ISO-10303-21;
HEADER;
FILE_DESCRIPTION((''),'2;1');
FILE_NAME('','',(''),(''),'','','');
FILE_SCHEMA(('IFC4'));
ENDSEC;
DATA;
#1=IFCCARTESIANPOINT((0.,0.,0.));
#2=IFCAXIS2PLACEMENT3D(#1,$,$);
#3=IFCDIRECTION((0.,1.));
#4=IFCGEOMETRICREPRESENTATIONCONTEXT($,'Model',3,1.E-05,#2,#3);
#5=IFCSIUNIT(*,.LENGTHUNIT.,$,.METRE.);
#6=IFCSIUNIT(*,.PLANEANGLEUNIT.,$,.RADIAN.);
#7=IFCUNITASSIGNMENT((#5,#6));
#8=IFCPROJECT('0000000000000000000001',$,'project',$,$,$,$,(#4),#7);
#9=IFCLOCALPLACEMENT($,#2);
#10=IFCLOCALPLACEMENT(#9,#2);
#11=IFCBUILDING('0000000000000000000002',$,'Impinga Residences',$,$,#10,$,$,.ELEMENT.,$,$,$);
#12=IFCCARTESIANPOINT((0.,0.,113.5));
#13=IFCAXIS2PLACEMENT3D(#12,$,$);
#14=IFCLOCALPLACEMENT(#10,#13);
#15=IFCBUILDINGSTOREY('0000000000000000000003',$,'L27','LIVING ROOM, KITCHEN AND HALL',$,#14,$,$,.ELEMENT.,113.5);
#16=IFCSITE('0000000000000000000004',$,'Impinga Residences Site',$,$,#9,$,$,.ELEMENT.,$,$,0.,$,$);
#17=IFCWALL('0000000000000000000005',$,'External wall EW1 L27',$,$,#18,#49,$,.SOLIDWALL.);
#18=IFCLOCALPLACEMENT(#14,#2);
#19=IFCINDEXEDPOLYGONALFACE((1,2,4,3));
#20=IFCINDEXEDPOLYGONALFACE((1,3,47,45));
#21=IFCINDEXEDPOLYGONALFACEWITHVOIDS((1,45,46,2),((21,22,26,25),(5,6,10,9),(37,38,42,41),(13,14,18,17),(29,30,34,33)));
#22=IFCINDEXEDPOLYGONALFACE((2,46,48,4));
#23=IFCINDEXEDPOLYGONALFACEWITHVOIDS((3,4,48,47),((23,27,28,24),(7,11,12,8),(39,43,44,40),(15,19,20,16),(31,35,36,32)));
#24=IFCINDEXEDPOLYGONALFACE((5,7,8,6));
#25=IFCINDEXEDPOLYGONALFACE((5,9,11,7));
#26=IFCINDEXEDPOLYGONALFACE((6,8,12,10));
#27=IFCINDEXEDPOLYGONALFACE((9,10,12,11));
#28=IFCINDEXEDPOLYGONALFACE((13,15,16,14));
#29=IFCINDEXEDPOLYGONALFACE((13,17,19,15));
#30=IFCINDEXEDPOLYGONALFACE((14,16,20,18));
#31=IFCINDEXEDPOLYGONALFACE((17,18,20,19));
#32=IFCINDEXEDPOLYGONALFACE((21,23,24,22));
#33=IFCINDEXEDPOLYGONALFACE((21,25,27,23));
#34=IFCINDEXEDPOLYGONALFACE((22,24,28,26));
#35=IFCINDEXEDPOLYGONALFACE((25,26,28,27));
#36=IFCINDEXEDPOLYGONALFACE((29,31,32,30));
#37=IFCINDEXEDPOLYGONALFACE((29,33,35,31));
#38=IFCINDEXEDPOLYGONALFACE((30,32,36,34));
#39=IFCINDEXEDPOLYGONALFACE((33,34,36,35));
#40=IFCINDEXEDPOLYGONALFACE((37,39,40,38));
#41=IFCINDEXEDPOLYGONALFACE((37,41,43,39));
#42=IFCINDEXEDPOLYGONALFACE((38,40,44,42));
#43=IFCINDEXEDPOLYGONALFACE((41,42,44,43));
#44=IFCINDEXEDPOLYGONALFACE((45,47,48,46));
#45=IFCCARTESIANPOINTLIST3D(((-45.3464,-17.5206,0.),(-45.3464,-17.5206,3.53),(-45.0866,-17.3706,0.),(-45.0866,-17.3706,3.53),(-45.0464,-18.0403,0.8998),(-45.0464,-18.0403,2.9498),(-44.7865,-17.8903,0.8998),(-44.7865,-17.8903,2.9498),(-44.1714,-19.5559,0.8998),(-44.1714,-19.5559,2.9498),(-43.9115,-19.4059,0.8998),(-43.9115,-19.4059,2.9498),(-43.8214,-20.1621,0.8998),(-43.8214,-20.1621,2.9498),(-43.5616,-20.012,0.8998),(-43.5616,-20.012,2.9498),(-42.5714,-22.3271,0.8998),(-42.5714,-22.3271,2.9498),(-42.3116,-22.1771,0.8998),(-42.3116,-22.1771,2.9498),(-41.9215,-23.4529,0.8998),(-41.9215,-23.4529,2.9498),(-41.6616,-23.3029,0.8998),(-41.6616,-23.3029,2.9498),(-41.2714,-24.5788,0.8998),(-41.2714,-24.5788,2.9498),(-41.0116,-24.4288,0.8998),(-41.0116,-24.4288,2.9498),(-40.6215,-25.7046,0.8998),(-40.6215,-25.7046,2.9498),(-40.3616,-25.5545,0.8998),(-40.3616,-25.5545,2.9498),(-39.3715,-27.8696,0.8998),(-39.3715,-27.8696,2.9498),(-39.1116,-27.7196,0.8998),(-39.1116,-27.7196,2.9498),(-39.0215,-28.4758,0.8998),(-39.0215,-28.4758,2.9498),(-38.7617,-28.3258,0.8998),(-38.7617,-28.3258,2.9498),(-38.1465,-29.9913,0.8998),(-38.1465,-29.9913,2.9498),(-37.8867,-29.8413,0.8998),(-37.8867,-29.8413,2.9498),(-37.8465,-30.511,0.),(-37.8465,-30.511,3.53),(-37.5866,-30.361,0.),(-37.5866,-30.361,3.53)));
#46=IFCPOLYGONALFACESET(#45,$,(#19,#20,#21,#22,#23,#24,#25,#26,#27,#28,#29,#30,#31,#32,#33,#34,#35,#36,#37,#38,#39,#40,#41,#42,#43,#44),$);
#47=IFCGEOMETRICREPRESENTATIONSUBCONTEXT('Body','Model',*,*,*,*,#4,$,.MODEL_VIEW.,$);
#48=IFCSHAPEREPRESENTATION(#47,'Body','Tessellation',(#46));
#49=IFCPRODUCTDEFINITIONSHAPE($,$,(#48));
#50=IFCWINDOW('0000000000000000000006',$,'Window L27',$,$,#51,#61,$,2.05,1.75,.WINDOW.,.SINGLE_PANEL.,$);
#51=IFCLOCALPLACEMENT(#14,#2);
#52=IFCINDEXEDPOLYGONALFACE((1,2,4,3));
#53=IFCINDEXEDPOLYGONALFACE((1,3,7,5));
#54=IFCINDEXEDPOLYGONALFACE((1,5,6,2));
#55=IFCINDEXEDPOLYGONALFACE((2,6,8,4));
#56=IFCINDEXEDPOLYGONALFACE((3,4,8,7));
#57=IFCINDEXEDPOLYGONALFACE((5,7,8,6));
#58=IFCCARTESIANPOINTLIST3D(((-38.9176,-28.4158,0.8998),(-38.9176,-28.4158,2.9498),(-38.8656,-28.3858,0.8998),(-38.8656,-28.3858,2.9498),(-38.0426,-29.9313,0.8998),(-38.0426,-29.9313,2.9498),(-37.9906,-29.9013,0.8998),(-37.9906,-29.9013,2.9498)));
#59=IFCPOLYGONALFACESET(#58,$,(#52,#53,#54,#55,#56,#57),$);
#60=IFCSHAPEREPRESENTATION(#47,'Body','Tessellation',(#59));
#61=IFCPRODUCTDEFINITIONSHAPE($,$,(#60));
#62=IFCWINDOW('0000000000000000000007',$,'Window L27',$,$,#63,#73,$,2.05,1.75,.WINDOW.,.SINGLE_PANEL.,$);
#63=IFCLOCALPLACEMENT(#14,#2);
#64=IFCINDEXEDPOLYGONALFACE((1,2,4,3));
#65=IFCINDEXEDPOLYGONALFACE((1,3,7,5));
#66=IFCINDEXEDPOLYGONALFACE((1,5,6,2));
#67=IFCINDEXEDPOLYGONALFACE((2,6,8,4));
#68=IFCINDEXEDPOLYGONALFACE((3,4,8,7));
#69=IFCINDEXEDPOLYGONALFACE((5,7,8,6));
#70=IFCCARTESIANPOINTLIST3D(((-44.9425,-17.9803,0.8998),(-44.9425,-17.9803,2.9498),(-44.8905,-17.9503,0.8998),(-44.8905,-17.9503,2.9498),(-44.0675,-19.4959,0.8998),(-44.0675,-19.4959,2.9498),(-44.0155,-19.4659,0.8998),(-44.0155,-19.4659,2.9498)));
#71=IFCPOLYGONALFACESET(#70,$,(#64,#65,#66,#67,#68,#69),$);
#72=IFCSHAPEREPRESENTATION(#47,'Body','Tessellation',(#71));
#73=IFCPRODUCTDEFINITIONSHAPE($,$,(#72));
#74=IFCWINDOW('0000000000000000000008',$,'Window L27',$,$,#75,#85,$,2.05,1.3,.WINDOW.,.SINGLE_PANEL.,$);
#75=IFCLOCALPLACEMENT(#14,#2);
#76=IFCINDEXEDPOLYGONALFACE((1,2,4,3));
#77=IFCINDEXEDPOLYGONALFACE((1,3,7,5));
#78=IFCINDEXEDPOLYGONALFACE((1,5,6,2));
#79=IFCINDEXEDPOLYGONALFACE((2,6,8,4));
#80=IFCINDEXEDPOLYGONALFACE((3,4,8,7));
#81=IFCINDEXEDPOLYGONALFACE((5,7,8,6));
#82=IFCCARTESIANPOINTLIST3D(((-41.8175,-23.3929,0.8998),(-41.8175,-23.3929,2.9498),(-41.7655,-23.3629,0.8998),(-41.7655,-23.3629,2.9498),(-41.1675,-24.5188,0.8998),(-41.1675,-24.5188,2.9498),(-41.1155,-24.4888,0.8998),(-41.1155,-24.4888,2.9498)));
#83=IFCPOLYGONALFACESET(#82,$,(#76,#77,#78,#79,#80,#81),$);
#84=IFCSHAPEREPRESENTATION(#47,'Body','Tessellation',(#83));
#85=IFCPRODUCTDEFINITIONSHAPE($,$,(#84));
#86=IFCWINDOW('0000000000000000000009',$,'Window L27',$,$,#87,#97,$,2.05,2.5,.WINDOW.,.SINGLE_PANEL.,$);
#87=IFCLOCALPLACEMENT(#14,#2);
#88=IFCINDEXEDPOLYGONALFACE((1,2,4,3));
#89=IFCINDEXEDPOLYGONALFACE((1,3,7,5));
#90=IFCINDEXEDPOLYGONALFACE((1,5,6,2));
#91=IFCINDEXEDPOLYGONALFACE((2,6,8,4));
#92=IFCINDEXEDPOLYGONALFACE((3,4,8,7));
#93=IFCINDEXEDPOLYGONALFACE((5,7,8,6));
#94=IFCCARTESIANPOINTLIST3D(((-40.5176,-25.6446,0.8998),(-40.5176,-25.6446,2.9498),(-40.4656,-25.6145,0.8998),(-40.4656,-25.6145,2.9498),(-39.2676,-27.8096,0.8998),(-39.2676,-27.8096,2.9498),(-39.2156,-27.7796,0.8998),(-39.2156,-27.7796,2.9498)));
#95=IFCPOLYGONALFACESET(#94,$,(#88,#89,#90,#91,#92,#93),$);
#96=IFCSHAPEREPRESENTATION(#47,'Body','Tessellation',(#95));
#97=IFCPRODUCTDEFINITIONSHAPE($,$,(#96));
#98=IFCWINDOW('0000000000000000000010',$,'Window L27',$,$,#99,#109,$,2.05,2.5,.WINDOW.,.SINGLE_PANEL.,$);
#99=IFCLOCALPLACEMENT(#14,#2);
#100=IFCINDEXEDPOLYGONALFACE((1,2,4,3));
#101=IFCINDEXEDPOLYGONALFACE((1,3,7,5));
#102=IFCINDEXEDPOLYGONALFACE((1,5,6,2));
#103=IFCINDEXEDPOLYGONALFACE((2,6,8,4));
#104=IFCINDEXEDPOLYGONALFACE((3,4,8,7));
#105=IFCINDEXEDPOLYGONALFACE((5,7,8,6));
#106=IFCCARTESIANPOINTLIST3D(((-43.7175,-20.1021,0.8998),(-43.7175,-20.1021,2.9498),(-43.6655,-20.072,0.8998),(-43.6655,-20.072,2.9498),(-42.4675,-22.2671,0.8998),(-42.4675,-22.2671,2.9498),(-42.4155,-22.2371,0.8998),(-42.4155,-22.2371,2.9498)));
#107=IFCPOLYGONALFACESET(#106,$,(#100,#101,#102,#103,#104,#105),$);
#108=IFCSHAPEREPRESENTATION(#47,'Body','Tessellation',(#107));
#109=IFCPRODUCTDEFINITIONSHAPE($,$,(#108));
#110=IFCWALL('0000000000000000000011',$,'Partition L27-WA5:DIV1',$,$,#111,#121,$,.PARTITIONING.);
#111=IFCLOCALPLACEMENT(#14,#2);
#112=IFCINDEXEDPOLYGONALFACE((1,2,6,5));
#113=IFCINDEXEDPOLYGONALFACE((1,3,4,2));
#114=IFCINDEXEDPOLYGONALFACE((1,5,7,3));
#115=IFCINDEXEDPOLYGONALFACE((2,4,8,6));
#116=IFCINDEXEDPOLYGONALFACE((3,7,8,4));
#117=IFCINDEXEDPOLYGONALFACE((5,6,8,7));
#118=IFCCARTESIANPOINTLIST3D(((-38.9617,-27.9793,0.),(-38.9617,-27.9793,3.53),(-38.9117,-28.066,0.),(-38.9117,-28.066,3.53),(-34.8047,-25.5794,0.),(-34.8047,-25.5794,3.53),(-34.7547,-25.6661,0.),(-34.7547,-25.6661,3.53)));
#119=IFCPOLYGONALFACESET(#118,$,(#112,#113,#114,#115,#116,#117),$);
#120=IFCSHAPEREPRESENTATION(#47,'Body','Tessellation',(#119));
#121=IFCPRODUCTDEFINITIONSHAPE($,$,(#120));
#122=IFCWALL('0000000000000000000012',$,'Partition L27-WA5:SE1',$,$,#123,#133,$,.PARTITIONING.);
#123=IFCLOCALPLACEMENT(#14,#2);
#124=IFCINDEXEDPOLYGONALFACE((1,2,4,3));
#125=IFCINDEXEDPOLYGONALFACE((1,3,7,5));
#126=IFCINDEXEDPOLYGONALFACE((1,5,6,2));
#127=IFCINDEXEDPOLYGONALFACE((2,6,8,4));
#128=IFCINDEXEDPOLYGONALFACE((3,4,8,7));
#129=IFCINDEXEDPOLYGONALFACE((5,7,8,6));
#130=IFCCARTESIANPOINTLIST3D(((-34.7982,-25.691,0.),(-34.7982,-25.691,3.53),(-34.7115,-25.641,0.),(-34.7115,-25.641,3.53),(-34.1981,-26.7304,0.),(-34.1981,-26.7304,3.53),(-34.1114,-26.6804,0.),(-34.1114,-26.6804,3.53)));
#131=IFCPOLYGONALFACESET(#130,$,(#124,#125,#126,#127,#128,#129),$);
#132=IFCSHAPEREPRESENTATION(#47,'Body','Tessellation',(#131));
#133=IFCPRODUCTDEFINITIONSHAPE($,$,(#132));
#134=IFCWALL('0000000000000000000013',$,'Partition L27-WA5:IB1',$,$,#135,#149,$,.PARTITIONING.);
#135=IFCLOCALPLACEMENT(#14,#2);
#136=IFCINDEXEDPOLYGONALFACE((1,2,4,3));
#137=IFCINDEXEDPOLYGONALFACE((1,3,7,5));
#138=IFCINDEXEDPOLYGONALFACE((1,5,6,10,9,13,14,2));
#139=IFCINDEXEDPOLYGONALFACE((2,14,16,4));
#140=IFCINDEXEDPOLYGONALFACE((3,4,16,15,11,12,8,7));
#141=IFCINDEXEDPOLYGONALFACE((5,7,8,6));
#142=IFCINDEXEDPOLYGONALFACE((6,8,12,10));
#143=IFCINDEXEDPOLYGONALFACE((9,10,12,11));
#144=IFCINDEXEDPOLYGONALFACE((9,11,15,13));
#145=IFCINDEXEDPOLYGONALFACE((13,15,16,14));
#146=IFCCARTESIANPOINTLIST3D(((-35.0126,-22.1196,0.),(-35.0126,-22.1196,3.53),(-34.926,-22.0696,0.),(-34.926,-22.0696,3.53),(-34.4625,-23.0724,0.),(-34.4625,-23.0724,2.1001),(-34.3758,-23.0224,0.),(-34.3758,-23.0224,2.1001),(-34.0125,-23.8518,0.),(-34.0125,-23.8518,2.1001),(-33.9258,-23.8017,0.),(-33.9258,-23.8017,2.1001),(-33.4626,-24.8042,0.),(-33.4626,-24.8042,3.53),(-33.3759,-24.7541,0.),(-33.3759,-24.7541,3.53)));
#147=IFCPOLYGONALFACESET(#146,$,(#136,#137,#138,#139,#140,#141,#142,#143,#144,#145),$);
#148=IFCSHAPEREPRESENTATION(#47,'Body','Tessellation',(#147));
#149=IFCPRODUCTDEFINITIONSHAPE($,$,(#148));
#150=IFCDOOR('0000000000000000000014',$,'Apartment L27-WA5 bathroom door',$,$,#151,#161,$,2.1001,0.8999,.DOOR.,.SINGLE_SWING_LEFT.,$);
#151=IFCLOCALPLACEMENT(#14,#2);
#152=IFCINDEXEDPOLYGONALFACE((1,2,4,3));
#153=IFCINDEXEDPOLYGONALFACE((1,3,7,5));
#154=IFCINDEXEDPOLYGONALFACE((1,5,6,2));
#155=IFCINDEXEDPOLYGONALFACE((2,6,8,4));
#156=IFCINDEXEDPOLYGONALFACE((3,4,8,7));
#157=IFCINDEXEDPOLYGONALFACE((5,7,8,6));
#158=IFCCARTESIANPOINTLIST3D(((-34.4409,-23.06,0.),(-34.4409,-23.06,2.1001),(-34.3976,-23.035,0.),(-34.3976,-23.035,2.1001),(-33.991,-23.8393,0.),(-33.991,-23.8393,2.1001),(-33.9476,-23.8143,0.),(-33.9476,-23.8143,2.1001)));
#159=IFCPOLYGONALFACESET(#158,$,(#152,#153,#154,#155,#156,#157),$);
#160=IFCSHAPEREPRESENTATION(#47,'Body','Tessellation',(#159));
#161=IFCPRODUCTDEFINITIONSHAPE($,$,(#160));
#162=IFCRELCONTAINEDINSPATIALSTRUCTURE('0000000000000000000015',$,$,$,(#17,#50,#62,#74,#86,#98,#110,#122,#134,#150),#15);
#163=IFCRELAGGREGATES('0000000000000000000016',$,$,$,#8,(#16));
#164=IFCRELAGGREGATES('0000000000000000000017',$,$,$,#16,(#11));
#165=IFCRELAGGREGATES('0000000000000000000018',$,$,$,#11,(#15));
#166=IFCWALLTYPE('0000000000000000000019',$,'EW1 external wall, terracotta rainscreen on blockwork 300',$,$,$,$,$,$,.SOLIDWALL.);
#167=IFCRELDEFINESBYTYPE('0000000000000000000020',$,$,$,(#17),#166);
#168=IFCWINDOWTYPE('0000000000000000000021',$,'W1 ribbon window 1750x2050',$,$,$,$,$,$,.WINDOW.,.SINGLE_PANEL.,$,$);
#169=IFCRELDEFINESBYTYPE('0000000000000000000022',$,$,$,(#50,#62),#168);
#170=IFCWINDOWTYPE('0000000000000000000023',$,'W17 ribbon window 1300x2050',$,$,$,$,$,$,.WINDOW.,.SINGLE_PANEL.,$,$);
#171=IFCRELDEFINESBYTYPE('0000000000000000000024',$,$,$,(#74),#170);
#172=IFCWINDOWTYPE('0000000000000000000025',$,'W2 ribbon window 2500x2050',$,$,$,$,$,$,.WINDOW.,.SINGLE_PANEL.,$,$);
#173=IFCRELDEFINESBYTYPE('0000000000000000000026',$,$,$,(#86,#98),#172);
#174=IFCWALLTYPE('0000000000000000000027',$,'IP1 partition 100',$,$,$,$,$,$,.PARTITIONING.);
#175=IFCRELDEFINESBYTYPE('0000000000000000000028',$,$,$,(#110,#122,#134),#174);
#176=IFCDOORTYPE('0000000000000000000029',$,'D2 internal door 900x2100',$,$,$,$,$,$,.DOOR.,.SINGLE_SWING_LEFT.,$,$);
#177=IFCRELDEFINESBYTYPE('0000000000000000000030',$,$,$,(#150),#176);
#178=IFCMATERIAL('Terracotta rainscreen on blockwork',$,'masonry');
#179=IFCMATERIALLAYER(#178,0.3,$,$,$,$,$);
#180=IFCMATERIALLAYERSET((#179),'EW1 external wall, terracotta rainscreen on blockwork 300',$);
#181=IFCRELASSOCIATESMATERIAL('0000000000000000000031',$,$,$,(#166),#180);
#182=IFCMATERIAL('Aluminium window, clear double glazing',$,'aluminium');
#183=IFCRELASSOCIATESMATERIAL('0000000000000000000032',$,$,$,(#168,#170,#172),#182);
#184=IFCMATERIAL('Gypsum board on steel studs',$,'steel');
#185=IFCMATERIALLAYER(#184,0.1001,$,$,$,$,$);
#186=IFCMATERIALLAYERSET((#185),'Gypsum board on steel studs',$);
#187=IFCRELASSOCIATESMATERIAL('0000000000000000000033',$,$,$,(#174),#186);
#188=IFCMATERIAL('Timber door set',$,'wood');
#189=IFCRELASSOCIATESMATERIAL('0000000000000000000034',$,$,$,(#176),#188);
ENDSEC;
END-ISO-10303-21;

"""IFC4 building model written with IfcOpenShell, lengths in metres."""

from ifc_helpers import new_model, si_unit, direction, frame, frame_2d, origin, place, context, subcontext, project, spatial, rectangle, extrude, material, layer, layer_set, type_object, element, fill, save


model = new_model("IFC4")

# Units and contexts
model_context = context("Model", 3, precision=1e-05, world=origin(), true_north=direction((0.0, 1.0)))
body_context = subcontext(model_context, "Body", "Model", "MODEL_VIEW")
ifc_project = project(units=[si_unit("LENGTHUNIT", "METRE"), si_unit("PLANEANGLEUNIT", "RADIAN")], contexts=[model_context])

# Site, building, storey
site_placement = place(None, origin())
site = spatial("IfcSite", under=ifc_project, at=site_placement, Name="Impinga Residences Site", CompositionType="ELEMENT", RefElevation=0.0)
building_placement = place(site_placement, origin())
building = spatial("IfcBuilding", under=site, at=building_placement, Name="Impinga Residences", CompositionType="ELEMENT")
storey_placement = place(building_placement, frame((0.0, 0.0, 113.5)))
storey = spatial("IfcBuildingStorey", under=building, at=storey_placement, Name="L27", Description="LIVING ROOM, KITCHEN AND HALL", CompositionType="ELEMENT", Elevation=113.5)

# Shared definitions
ifc_material_1 = material(Name="Terracotta rainscreen on blockwork", Category="masonry")
ifc_layer_1 = layer(ifc_material_1, 0.3)
ifc_layer_set_1 = layer_set([ifc_layer_1], Name="EW1 external wall, terracotta rainscreen on blockwork 300")
wall_type_1 = type_object("IfcWallType", Name="EW1 external wall, terracotta rainscreen on blockwork 300", PredefinedType="SOLIDWALL", material=ifc_layer_set_1)

# Wall, openings, windows
wall_1_placement = place(storey_placement, frame((-37.7166, -30.436, 0.0), z_axis=(0.0, 0.0, 1.0), x_axis=(-0.499997, 0.866027, 0.0)))
wall_1 = element("IfcWall", 1, at=wall_1_placement, inside=storey, type_object=wall_type_1, Name="External wall EW1 L27", PredefinedType="SOLIDWALL", context=body_context, shape_type="SweptSolid", body=[
    extrude(rectangle(XDim=15.0, YDim=0.3, at=frame_2d((7.5, 0.0))), origin(), (0.0, 0.0, 1.0), 3.53),
])
opening_1_placement = place(wall_1_placement, frame((0.6001, 0.0, 0.8999)))
opening_1 = element("IfcOpeningElement", 2, at=opening_1_placement, cuts=wall_1, PredefinedType="OPENING", context=body_context, shape_type="SweptSolid", body=[
    extrude(rectangle(XDim=1.75, YDim=2.05, at=frame_2d((0.875, 1.0249))), frame((0.0, 0.1599, 0.0), z_axis=(0.0, -1.0, 0.0), x_axis=(1.0, 0.0, 0.0)), (0.0, 0.0, 1.0), 0.3201),
])
opening_2_placement = place(wall_1_placement, frame((3.05, 0.0, 0.8999)))
opening_2 = element("IfcOpeningElement", 3, at=opening_2_placement, cuts=wall_1, PredefinedType="OPENING", context=body_context, shape_type="SweptSolid", body=[
    extrude(rectangle(XDim=2.5, YDim=2.05, at=frame_2d((1.25, 1.0249))), frame((0.0, 0.1599, 0.0), z_axis=(0.0, -1.0, 0.0), x_axis=(1.0, 0.0, 0.0)), (0.0, 0.0, 1.0), 0.3201),
])
opening_3_placement = place(wall_1_placement, frame((6.8501, 0.0, 0.8999)))
opening_3 = element("IfcOpeningElement", 4, at=opening_3_placement, cuts=wall_1, PredefinedType="OPENING", context=body_context, shape_type="SweptSolid", body=[
    extrude(rectangle(XDim=1.3, YDim=2.05, at=frame_2d((0.6499, 1.0249))), frame((0.0, 0.1599, 0.0), z_axis=(0.0, -1.0, 0.0), x_axis=(1.0, 0.0, 0.0)), (0.0, 0.0, 1.0), 0.3201),
])
opening_4_placement = place(wall_1_placement, frame((9.45, 0.0, 0.8999)))
opening_4 = element("IfcOpeningElement", 5, at=opening_4_placement, cuts=wall_1, PredefinedType="OPENING", context=body_context, shape_type="SweptSolid", body=[
    extrude(rectangle(XDim=2.5, YDim=2.05, at=frame_2d((1.25, 1.0249))), frame((0.0, 0.1599, 0.0), z_axis=(0.0, -1.0, 0.0), x_axis=(1.0, 0.0, 0.0)), (0.0, 0.0, 1.0), 0.3201),
])
opening_5_placement = place(wall_1_placement, frame((12.6499, 0.0, 0.8999)))
opening_5 = element("IfcOpeningElement", 6, at=opening_5_placement, cuts=wall_1, PredefinedType="OPENING", context=body_context, shape_type="SweptSolid", body=[
    extrude(rectangle(XDim=1.75, YDim=2.05, at=frame_2d((0.875, 1.0249))), frame((0.0, 0.1599, 0.0), z_axis=(0.0, -1.0, 0.0), x_axis=(1.0, 0.0, 0.0)), (0.0, 0.0, 1.0), 0.3201),
])
ifc_material_2 = material(Name="Aluminium window, clear double glazing", Category="aluminium")
window_type_1 = type_object("IfcWindowType", Name="W1 ribbon window 1750x2050", PartitioningType="SINGLE_PANEL", PredefinedType="WINDOW", material=ifc_material_2)
window_1_placement = place(opening_1_placement, origin())
window_1 = element("IfcWindow", 7, at=window_1_placement, inside=storey, type_object=window_type_1, Name="Window L27", OverallHeight=2.05, OverallWidth=1.75, PartitioningType="SINGLE_PANEL", PredefinedType="WINDOW", context=body_context, shape_type="SweptSolid", body=[
    extrude(rectangle(XDim=1.75, YDim=2.05, at=frame_2d((0.875, 1.0249))), frame((0.0, 0.03, 0.0), z_axis=(0.0, -1.0, 0.0), x_axis=(1.0, 0.0, 0.0)), (0.0, 0.0, 1.0), 0.0601),
])
fill(opening_1, window_1)
window_2_placement = place(opening_5_placement, origin())
window_2 = element("IfcWindow", 8, at=window_2_placement, inside=storey, type_object=window_type_1, Name="Window L27", OverallHeight=2.05, OverallWidth=1.75, PartitioningType="SINGLE_PANEL", PredefinedType="WINDOW", context=body_context, shape_type="SweptSolid", body=[
    extrude(rectangle(XDim=1.75, YDim=2.05, at=frame_2d((0.875, 1.0249))), frame((0.0, 0.03, 0.0), z_axis=(0.0, -1.0, 0.0), x_axis=(1.0, 0.0, 0.0)), (0.0, 0.0, 1.0), 0.0601),
])
fill(opening_5, window_2)
window_type_2 = type_object("IfcWindowType", Name="W17 ribbon window 1300x2050", PartitioningType="SINGLE_PANEL", PredefinedType="WINDOW", material=ifc_material_2)
window_3_placement = place(opening_3_placement, origin())
window_3 = element("IfcWindow", 9, at=window_3_placement, inside=storey, type_object=window_type_2, Name="Window L27", OverallHeight=2.05, OverallWidth=1.3, PartitioningType="SINGLE_PANEL", PredefinedType="WINDOW", context=body_context, shape_type="SweptSolid", body=[
    extrude(rectangle(XDim=1.3, YDim=2.05, at=frame_2d((0.6499, 1.0249))), frame((0.0, 0.03, 0.0), z_axis=(0.0, -1.0, 0.0), x_axis=(1.0, 0.0, 0.0)), (0.0, 0.0, 1.0), 0.0601),
])
fill(opening_3, window_3)
window_type_3 = type_object("IfcWindowType", Name="W2 ribbon window 2500x2050", PartitioningType="SINGLE_PANEL", PredefinedType="WINDOW", material=ifc_material_2)
window_4_placement = place(opening_2_placement, origin())
window_4 = element("IfcWindow", 10, at=window_4_placement, inside=storey, type_object=window_type_3, Name="Window L27", OverallHeight=2.05, OverallWidth=2.5, PartitioningType="SINGLE_PANEL", PredefinedType="WINDOW", context=body_context, shape_type="SweptSolid", body=[
    extrude(rectangle(XDim=2.5, YDim=2.05, at=frame_2d((1.25, 1.0249))), frame((0.0, 0.03, 0.0), z_axis=(0.0, -1.0, 0.0), x_axis=(1.0, 0.0, 0.0)), (0.0, 0.0, 1.0), 0.0601),
])
fill(opening_2, window_4)
window_5_placement = place(opening_4_placement, origin())
window_5 = element("IfcWindow", 11, at=window_5_placement, inside=storey, type_object=window_type_3, Name="Window L27", OverallHeight=2.05, OverallWidth=2.5, PartitioningType="SINGLE_PANEL", PredefinedType="WINDOW", context=body_context, shape_type="SweptSolid", body=[
    extrude(rectangle(XDim=2.5, YDim=2.05, at=frame_2d((1.25, 1.0249))), frame((0.0, 0.03, 0.0), z_axis=(0.0, -1.0, 0.0), x_axis=(1.0, 0.0, 0.0)), (0.0, 0.0, 1.0), 0.0601),
])
fill(opening_4, window_5)

# Walls
ifc_material_3 = material(Name="Gypsum board on steel studs", Category="steel")
ifc_layer_2 = layer(ifc_material_3, 0.1001)
ifc_layer_set_2 = layer_set([ifc_layer_2], Name="Gypsum board on steel studs")
wall_type_2 = type_object("IfcWallType", Name="IP1 partition 100", PredefinedType="PARTITIONING", material=ifc_layer_set_2)
wall_2_placement = place(storey_placement, frame((-34.7798, -25.6228, 0.0), z_axis=(0.0, 0.0, 1.0), x_axis=(-0.866037, -0.499979, 0.0)))
element("IfcWall", 12, at=wall_2_placement, inside=storey, type_object=wall_type_2, Name="Partition L27-WA5:DIV1", PredefinedType="PARTITIONING", context=body_context, shape_type="SweptSolid", body=[
    extrude(rectangle(XDim=4.8, YDim=0.1001, at=frame_2d((2.3999, 0.0))), origin(), (0.0, 0.0, 1.0), 3.53),
])
wall_3_placement = place(storey_placement, frame((-34.7549, -25.666, 0.0), z_axis=(0.0, 0.0, 1.0), x_axis=(0.500034, -0.866006, 0.0)))
element("IfcWall", 13, at=wall_3_placement, inside=storey, type_object=wall_type_2, Name="Partition L27-WA5:SE1", PredefinedType="PARTITIONING", context=body_context, shape_type="SweptSolid", body=[
    extrude(rectangle(XDim=1.2002, YDim=0.1001, at=frame_2d((0.6001, 0.0))), origin(), (0.0, 0.0, 1.0), 3.53),
])

# Wall, opening, door
wall_4_placement = place(storey_placement, frame((-34.9692, -22.0947, 0.0), z_axis=(0.0, 0.0, 1.0), x_axis=(0.500027, -0.86601, 0.0)))
wall_4 = element("IfcWall", 14, at=wall_4_placement, inside=storey, type_object=wall_type_2, Name="Partition L27-WA5:IB1", PredefinedType="PARTITIONING", context=body_context, shape_type="SweptSolid", body=[
    extrude(rectangle(XDim=3.0999, YDim=0.1001, at=frame_2d((1.5498, 0.0))), origin(), (0.0, 0.0, 1.0), 3.53),
])
opening_6_placement = place(wall_4_placement, frame((1.1001, 0.0, 0.0)))
opening_6 = element("IfcOpeningElement", 15, at=opening_6_placement, cuts=wall_4, PredefinedType="OPENING", context=body_context, shape_type="SweptSolid", body=[
    extrude(rectangle(XDim=0.8999, YDim=2.1001, at=frame_2d((0.45, 1.05))), frame((0.0, 0.0601, 0.0), z_axis=(0.0, -1.0, 0.0), x_axis=(1.0, 0.0, 0.0)), (0.0, 0.0, 1.0), 0.1201),
])
ifc_material_4 = material(Name="Timber door set", Category="wood")
door_type = type_object("IfcDoorType", Name="D2 internal door 900x2100", OperationType="SINGLE_SWING_LEFT", PredefinedType="DOOR", material=ifc_material_4)
door_placement = place(opening_6_placement, origin())
door = element("IfcDoor", 16, at=door_placement, inside=storey, type_object=door_type, Name="Apartment L27-WA5 bathroom door", OperationType="SINGLE_SWING_LEFT", OverallHeight=2.1001, OverallWidth=0.8999, PredefinedType="DOOR", context=body_context, shape_type="SweptSolid", body=[
    extrude(rectangle(XDim=0.8999, YDim=2.1001, at=frame_2d((0.45, 1.05))), frame((0.0, 0.0249, 0.0), z_axis=(0.0, -1.0, 0.0), x_axis=(1.0, 0.0, 0.0)), (0.0, 0.0, 1.0), 0.05),
])
fill(opening_6, door)

save(model, "model.ifc")
